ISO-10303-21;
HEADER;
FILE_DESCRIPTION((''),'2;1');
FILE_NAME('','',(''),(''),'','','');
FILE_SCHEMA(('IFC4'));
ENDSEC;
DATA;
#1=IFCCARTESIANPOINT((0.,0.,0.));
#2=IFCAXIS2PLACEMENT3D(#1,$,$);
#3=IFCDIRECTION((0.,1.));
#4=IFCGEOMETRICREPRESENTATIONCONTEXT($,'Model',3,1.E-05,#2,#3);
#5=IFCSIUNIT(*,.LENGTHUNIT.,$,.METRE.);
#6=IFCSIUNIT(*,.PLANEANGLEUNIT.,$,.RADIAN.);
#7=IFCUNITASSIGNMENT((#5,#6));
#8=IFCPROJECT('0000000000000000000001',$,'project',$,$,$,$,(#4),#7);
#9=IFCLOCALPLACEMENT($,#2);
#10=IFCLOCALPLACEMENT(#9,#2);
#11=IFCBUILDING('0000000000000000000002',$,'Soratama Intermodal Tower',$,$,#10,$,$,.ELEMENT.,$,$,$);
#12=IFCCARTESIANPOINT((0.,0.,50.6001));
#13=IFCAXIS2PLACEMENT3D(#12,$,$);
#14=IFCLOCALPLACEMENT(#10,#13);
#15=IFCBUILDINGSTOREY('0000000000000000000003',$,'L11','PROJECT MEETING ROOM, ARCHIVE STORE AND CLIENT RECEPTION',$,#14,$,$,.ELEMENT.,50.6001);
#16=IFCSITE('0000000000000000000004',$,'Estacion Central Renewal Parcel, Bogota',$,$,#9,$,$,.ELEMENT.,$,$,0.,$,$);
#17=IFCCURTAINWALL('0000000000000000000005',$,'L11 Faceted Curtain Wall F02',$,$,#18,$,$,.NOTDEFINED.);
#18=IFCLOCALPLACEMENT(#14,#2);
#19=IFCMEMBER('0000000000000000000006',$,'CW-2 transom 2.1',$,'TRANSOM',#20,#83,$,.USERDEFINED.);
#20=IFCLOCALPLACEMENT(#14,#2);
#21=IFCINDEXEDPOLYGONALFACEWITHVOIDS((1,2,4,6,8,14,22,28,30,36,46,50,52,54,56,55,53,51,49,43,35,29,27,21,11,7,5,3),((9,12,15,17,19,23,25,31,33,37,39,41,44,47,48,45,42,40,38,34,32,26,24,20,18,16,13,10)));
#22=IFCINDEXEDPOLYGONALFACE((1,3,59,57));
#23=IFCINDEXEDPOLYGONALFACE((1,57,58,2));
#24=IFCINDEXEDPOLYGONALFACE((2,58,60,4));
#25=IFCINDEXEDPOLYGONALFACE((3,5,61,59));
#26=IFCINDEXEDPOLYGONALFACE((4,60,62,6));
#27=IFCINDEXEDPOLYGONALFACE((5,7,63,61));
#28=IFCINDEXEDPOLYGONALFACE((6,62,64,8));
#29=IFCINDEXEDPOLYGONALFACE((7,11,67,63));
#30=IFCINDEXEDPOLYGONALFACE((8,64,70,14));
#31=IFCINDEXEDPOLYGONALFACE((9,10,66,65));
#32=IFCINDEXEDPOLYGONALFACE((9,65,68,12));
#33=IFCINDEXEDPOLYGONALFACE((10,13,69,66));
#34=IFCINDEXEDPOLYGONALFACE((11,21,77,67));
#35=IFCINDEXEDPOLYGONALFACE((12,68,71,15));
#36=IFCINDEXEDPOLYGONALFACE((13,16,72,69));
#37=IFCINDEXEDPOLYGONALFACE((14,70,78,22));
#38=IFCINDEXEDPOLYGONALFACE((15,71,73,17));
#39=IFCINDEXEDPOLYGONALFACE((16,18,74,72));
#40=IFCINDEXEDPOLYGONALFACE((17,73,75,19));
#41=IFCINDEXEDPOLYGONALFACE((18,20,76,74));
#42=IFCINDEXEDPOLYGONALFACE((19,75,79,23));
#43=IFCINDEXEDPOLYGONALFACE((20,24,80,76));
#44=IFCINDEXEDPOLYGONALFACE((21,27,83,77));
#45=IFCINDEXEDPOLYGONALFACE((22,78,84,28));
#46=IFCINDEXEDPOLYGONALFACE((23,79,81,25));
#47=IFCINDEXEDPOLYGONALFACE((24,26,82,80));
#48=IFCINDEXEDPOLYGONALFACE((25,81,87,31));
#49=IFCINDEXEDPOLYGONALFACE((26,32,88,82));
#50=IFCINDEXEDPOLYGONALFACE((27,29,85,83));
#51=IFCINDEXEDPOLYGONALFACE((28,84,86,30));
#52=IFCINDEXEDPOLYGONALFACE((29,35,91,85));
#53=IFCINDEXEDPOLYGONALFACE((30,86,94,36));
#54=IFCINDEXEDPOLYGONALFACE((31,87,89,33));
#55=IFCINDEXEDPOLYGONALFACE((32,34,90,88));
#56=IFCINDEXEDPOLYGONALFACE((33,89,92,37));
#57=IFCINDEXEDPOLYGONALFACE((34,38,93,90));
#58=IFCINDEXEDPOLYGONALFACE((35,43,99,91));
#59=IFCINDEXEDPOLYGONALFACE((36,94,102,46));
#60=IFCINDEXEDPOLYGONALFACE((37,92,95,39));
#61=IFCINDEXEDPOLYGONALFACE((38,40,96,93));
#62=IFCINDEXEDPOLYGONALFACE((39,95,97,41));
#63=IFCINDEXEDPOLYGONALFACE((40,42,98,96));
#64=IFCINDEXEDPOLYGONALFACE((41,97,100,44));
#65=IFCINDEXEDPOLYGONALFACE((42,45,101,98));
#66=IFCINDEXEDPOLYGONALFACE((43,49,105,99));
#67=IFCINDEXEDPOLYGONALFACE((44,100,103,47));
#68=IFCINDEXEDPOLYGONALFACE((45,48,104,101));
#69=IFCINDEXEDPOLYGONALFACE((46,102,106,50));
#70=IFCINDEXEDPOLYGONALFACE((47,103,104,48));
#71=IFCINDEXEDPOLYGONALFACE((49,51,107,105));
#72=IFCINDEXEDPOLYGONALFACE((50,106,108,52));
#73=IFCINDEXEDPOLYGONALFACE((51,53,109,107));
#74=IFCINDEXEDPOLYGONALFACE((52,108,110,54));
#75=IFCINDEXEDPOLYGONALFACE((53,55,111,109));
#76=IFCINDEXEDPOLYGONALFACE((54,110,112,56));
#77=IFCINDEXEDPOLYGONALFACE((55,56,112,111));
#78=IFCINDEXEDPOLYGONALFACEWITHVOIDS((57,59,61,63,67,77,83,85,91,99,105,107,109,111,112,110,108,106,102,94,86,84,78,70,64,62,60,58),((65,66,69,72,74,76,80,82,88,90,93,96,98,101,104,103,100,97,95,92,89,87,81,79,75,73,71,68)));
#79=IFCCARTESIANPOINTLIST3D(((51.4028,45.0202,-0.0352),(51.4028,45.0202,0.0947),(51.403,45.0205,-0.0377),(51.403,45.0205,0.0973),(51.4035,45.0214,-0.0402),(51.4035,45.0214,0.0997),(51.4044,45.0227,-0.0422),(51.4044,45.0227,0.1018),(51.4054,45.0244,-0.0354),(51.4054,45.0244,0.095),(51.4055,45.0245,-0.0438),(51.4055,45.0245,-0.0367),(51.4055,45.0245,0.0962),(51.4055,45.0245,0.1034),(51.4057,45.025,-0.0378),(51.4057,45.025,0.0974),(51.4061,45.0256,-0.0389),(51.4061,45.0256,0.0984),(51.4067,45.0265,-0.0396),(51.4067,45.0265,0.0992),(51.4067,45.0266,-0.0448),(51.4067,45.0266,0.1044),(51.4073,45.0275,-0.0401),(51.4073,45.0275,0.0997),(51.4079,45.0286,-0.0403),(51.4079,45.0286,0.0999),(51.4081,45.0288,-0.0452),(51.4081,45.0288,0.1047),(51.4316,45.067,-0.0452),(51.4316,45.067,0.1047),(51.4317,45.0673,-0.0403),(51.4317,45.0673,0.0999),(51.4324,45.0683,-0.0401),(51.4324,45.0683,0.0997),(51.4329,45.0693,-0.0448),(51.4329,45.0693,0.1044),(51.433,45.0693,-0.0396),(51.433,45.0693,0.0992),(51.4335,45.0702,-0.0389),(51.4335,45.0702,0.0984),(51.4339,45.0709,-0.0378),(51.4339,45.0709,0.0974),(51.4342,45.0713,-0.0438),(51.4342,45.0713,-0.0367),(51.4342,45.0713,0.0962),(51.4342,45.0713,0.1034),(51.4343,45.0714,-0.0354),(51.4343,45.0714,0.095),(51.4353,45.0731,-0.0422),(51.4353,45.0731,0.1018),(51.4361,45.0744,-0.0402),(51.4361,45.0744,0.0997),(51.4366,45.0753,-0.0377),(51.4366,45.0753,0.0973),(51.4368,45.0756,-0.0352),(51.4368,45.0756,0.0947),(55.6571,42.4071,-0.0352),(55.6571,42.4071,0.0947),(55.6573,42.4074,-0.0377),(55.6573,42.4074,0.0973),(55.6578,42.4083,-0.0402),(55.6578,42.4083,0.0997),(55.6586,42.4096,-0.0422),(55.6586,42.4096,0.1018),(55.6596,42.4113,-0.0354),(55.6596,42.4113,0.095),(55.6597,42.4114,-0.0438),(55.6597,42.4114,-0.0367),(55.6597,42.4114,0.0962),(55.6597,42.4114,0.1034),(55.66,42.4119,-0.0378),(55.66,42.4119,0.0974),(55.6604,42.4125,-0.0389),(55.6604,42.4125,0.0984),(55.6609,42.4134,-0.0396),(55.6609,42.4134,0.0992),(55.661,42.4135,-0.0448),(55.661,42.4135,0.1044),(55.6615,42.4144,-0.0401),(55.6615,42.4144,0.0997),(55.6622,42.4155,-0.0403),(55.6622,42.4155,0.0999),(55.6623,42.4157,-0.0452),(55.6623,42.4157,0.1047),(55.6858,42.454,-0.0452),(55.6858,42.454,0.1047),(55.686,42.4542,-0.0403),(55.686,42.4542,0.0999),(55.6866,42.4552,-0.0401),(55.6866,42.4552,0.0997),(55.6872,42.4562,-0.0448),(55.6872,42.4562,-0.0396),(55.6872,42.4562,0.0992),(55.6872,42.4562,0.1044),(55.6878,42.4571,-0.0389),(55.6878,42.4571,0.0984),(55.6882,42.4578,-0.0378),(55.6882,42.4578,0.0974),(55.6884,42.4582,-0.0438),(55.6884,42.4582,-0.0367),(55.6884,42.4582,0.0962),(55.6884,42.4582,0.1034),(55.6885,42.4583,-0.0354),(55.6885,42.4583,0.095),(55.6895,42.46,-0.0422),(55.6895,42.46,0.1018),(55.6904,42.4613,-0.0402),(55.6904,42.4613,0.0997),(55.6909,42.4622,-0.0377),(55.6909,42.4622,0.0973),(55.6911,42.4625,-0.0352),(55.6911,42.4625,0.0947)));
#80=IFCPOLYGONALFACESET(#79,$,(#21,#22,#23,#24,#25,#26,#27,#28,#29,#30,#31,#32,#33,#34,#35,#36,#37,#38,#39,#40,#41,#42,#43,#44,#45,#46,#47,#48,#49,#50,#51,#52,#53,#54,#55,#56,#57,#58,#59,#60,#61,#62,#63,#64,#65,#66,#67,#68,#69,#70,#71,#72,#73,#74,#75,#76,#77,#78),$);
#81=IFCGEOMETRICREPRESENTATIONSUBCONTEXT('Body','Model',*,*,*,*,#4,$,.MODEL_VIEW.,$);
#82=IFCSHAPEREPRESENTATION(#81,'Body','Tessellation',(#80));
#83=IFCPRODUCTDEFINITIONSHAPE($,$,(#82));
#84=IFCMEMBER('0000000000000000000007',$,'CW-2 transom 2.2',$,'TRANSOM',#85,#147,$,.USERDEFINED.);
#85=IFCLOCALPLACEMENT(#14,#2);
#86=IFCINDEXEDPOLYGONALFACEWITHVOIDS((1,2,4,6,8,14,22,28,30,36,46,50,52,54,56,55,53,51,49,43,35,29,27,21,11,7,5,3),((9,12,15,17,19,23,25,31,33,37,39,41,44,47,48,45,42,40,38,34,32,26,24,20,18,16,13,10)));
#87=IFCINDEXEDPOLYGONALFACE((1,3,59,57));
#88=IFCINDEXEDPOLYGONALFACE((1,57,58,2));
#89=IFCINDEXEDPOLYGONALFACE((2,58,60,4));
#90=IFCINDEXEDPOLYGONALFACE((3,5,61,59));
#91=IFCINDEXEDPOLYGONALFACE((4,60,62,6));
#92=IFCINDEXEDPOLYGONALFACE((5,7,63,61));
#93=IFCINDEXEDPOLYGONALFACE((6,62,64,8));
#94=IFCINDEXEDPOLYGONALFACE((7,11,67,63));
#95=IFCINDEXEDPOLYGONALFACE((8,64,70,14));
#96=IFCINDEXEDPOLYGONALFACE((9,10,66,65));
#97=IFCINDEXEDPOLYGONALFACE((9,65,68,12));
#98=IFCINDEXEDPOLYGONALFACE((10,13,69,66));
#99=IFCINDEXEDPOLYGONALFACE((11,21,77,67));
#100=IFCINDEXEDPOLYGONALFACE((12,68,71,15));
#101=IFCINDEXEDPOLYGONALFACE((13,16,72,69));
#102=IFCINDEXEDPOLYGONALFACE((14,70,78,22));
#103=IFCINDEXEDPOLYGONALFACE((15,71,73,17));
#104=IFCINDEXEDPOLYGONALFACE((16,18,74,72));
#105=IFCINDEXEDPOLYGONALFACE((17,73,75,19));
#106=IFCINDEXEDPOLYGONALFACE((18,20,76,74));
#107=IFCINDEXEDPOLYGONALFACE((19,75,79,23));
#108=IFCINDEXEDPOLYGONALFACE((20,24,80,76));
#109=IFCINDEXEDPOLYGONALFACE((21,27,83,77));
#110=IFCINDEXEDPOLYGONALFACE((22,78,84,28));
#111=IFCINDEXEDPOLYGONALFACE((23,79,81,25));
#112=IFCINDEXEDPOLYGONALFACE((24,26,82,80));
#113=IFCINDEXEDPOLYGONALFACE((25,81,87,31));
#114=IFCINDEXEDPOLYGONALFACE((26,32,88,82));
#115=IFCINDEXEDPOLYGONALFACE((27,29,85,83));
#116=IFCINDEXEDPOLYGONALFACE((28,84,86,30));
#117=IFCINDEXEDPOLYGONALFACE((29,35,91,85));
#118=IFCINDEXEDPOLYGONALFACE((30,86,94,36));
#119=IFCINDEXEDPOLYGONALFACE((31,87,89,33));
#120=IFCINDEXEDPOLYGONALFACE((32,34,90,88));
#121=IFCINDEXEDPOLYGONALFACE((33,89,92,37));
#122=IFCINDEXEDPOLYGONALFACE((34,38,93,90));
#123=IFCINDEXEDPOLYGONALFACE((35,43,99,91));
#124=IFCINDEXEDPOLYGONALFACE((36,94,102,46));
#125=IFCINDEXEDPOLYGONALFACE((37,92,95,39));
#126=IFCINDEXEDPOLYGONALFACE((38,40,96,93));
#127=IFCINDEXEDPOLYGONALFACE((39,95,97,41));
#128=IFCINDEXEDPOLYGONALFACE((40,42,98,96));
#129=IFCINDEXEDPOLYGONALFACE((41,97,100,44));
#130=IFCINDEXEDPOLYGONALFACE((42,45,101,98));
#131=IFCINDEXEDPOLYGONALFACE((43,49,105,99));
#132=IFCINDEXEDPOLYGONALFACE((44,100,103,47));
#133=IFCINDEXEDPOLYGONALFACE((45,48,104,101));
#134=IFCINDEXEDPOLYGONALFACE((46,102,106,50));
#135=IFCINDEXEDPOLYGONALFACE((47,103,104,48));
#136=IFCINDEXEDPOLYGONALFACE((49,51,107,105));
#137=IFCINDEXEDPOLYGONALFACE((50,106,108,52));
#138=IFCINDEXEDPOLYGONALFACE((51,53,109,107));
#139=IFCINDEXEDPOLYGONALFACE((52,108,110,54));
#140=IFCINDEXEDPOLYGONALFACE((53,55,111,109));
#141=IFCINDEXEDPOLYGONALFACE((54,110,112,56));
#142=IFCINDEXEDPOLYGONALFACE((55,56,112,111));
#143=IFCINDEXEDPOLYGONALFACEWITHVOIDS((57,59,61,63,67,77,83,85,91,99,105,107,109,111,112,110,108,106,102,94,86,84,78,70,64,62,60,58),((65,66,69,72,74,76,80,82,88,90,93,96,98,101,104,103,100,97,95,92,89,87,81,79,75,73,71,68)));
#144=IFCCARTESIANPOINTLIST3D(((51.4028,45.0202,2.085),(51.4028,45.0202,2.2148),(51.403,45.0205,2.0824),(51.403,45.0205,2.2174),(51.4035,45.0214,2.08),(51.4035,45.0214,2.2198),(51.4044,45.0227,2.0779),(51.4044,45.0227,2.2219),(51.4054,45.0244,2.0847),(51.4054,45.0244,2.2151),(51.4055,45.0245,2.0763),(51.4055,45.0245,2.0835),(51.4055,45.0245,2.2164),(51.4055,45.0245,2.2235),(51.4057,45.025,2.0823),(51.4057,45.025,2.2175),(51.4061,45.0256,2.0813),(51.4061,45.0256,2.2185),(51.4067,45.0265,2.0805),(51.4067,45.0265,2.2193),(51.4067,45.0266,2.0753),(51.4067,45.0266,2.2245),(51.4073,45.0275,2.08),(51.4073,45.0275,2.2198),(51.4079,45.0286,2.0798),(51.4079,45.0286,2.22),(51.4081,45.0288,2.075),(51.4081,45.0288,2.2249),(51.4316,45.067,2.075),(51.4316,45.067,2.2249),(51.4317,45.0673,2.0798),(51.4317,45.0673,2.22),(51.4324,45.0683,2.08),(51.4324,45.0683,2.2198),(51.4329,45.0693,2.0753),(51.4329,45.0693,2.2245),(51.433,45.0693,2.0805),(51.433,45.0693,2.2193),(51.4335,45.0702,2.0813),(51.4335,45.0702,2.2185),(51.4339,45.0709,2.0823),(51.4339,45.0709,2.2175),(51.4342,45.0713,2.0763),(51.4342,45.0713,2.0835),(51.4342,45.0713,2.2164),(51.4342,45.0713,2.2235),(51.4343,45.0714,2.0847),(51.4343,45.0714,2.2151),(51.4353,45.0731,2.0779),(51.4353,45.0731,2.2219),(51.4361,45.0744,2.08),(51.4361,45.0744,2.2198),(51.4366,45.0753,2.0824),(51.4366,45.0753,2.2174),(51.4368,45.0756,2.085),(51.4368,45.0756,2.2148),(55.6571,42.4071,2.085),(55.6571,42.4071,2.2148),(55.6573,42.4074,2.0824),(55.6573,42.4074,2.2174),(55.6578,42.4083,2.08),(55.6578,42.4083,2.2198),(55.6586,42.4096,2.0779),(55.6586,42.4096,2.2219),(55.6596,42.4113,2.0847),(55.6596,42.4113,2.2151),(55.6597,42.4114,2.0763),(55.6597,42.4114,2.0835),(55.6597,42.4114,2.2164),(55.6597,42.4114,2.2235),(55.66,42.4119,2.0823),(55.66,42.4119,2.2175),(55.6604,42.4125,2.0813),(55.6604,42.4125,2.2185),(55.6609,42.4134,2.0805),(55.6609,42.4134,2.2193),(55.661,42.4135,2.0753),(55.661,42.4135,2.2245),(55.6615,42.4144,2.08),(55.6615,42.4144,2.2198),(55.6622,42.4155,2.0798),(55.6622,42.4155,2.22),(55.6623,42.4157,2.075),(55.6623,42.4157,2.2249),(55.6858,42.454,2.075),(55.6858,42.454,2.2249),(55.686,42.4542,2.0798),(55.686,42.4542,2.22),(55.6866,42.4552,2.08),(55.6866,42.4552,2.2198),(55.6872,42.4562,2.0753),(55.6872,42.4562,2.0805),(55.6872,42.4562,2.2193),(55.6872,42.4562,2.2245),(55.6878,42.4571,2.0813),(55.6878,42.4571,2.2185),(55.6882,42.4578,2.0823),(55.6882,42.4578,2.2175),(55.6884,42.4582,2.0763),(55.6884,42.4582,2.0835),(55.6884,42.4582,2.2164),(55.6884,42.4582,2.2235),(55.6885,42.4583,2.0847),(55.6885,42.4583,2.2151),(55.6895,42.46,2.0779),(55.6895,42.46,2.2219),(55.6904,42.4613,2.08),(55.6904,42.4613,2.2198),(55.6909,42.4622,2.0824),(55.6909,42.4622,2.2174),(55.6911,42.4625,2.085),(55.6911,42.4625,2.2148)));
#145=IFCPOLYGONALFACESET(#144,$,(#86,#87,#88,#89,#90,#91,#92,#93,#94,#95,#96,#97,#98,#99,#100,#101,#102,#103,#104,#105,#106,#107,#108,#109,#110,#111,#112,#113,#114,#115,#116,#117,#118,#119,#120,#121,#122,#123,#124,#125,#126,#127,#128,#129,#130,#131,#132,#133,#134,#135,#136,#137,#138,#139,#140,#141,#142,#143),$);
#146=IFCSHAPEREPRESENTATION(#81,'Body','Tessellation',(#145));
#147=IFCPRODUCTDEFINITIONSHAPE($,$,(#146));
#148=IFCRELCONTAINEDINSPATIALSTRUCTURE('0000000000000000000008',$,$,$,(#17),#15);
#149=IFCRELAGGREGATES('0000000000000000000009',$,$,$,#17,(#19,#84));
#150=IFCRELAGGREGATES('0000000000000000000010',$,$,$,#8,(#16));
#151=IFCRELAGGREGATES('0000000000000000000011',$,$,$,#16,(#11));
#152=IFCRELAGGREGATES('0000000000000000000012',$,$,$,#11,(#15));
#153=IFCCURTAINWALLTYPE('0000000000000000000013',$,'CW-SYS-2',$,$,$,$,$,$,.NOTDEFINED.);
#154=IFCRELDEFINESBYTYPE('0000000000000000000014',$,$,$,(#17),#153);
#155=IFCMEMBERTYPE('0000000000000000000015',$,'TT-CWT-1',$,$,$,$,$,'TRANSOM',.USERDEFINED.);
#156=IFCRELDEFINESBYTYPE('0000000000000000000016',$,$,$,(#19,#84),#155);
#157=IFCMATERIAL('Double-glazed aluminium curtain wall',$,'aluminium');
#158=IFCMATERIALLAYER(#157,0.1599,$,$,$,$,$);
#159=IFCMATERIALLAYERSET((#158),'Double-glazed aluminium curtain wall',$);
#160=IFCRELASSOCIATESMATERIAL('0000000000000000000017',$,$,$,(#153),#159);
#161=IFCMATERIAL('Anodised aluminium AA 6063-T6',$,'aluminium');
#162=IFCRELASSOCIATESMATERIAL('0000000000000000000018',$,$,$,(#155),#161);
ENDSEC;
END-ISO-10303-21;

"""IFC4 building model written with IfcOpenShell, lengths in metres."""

from ifc_helpers import new_model, si_unit, direction, frame, origin, origin_2d, place, context, subcontext, project, spatial, hollow_rectangle, extrude, material, layer, layer_set, material_profile, profile_set, type_object, element, aggregate, save


model = new_model("IFC4")

# Units and contexts
model_context = context("Model", 3, precision=1e-05, world=origin(), true_north=direction((0.0, 1.0)))
body_context = subcontext(model_context, "Body", "Model", "MODEL_VIEW")
ifc_project = project(units=[si_unit("LENGTHUNIT", "METRE"), si_unit("PLANEANGLEUNIT", "RADIAN")], contexts=[model_context])

# Site, building, storey
site_placement = place(None, origin())
site = spatial("IfcSite", under=ifc_project, at=site_placement, Name="Estacion Central Renewal Parcel, Bogota", CompositionType="ELEMENT", RefElevation=0.0)
building_placement = place(site_placement, origin())
building = spatial("IfcBuilding", under=site, at=building_placement, Name="Soratama Intermodal Tower", CompositionType="ELEMENT")
storey_placement = place(building_placement, frame((0.0, 0.0, 50.6001)))
storey = spatial("IfcBuildingStorey", under=building, at=storey_placement, Name="L11", Description="PROJECT MEETING ROOM, ARCHIVE STORE AND CLIENT RECEPTION", CompositionType="ELEMENT", Elevation=50.6001)

# Shared definitions
ifc_material_1 = material(Name="Double-glazed aluminium curtain wall", Category="aluminium")
ifc_layer_1 = layer(ifc_material_1, 0.1599)
ifc_layer_set_1 = layer_set([ifc_layer_1], Name="Double-glazed aluminium curtain wall")
curtain_wall_type = type_object("IfcCurtainWallType", Name="CW-SYS-2", PredefinedType="NOTDEFINED", material=ifc_layer_set_1)

# Curtain wall, members
curtain_wall_1_placement = place(storey_placement, origin())
curtain_wall_1 = element("IfcCurtainWall", 1, at=curtain_wall_1_placement, inside=storey, type_object=curtain_wall_type, Name="L11 Faceted Curtain Wall F02", PredefinedType="NOTDEFINED")
ifc_material_2 = material(Name="Anodised aluminium AA 6063-T6", Category="aluminium")
ifc_material_profile_1 = material_profile(ifc_material_2, hollow_rectangle(XDim=0.0649, YDim=0.1499, WallThickness=0.0049, InnerFilletRadius=0.0049, OuterFilletRadius=0.01, at=origin_2d()), Name="CWT150X65X5")
ifc_profile_set_1 = profile_set([ifc_material_profile_1], Name="Anodised aluminium AA 6063-T6")
member_type_1 = type_object("IfcMemberType", Name="TT-CWT-1", ElementType="TRANSOM", PredefinedType="USERDEFINED", material=ifc_profile_set_1)
member_1_placement = place(storey_placement, frame((55.6741, 42.4348, 0.0298), z_axis=(-0.852096, 0.523385, 0.0), x_axis=(-0.523385, -0.852096, 0.0)))
member_1 = element("IfcMember", 2, at=member_1_placement, type_object=member_type_1, Name="CW-2 transom 2.1", ObjectType="TRANSOM", PredefinedType="USERDEFINED", context=body_context, shape_type="SweptSolid", body=[
    extrude(hollow_rectangle(XDim=0.0649, YDim=0.1499, WallThickness=0.0049, InnerFilletRadius=0.0049, OuterFilletRadius=0.01, at=origin_2d()), origin(), (0.0, 0.0, 1.0), 4.9927),
])
member_2_placement = place(storey_placement, frame((55.6741, 42.4348, 2.1499), z_axis=(-0.852096, 0.523385, 0.0), x_axis=(-0.523385, -0.852096, 0.0)))
member_2 = element("IfcMember", 3, at=member_2_placement, type_object=member_type_1, Name="CW-2 transom 2.2", ObjectType="TRANSOM", PredefinedType="USERDEFINED", context=body_context, shape_type="SweptSolid", body=[
    extrude(hollow_rectangle(XDim=0.0649, YDim=0.1499, WallThickness=0.0049, InnerFilletRadius=0.0049, OuterFilletRadius=0.01, at=origin_2d()), origin(), (0.0, 0.0, 1.0), 4.9927),
])

aggregate(curtain_wall_1, [member_1, member_2])

save(model, "model.ifc")
